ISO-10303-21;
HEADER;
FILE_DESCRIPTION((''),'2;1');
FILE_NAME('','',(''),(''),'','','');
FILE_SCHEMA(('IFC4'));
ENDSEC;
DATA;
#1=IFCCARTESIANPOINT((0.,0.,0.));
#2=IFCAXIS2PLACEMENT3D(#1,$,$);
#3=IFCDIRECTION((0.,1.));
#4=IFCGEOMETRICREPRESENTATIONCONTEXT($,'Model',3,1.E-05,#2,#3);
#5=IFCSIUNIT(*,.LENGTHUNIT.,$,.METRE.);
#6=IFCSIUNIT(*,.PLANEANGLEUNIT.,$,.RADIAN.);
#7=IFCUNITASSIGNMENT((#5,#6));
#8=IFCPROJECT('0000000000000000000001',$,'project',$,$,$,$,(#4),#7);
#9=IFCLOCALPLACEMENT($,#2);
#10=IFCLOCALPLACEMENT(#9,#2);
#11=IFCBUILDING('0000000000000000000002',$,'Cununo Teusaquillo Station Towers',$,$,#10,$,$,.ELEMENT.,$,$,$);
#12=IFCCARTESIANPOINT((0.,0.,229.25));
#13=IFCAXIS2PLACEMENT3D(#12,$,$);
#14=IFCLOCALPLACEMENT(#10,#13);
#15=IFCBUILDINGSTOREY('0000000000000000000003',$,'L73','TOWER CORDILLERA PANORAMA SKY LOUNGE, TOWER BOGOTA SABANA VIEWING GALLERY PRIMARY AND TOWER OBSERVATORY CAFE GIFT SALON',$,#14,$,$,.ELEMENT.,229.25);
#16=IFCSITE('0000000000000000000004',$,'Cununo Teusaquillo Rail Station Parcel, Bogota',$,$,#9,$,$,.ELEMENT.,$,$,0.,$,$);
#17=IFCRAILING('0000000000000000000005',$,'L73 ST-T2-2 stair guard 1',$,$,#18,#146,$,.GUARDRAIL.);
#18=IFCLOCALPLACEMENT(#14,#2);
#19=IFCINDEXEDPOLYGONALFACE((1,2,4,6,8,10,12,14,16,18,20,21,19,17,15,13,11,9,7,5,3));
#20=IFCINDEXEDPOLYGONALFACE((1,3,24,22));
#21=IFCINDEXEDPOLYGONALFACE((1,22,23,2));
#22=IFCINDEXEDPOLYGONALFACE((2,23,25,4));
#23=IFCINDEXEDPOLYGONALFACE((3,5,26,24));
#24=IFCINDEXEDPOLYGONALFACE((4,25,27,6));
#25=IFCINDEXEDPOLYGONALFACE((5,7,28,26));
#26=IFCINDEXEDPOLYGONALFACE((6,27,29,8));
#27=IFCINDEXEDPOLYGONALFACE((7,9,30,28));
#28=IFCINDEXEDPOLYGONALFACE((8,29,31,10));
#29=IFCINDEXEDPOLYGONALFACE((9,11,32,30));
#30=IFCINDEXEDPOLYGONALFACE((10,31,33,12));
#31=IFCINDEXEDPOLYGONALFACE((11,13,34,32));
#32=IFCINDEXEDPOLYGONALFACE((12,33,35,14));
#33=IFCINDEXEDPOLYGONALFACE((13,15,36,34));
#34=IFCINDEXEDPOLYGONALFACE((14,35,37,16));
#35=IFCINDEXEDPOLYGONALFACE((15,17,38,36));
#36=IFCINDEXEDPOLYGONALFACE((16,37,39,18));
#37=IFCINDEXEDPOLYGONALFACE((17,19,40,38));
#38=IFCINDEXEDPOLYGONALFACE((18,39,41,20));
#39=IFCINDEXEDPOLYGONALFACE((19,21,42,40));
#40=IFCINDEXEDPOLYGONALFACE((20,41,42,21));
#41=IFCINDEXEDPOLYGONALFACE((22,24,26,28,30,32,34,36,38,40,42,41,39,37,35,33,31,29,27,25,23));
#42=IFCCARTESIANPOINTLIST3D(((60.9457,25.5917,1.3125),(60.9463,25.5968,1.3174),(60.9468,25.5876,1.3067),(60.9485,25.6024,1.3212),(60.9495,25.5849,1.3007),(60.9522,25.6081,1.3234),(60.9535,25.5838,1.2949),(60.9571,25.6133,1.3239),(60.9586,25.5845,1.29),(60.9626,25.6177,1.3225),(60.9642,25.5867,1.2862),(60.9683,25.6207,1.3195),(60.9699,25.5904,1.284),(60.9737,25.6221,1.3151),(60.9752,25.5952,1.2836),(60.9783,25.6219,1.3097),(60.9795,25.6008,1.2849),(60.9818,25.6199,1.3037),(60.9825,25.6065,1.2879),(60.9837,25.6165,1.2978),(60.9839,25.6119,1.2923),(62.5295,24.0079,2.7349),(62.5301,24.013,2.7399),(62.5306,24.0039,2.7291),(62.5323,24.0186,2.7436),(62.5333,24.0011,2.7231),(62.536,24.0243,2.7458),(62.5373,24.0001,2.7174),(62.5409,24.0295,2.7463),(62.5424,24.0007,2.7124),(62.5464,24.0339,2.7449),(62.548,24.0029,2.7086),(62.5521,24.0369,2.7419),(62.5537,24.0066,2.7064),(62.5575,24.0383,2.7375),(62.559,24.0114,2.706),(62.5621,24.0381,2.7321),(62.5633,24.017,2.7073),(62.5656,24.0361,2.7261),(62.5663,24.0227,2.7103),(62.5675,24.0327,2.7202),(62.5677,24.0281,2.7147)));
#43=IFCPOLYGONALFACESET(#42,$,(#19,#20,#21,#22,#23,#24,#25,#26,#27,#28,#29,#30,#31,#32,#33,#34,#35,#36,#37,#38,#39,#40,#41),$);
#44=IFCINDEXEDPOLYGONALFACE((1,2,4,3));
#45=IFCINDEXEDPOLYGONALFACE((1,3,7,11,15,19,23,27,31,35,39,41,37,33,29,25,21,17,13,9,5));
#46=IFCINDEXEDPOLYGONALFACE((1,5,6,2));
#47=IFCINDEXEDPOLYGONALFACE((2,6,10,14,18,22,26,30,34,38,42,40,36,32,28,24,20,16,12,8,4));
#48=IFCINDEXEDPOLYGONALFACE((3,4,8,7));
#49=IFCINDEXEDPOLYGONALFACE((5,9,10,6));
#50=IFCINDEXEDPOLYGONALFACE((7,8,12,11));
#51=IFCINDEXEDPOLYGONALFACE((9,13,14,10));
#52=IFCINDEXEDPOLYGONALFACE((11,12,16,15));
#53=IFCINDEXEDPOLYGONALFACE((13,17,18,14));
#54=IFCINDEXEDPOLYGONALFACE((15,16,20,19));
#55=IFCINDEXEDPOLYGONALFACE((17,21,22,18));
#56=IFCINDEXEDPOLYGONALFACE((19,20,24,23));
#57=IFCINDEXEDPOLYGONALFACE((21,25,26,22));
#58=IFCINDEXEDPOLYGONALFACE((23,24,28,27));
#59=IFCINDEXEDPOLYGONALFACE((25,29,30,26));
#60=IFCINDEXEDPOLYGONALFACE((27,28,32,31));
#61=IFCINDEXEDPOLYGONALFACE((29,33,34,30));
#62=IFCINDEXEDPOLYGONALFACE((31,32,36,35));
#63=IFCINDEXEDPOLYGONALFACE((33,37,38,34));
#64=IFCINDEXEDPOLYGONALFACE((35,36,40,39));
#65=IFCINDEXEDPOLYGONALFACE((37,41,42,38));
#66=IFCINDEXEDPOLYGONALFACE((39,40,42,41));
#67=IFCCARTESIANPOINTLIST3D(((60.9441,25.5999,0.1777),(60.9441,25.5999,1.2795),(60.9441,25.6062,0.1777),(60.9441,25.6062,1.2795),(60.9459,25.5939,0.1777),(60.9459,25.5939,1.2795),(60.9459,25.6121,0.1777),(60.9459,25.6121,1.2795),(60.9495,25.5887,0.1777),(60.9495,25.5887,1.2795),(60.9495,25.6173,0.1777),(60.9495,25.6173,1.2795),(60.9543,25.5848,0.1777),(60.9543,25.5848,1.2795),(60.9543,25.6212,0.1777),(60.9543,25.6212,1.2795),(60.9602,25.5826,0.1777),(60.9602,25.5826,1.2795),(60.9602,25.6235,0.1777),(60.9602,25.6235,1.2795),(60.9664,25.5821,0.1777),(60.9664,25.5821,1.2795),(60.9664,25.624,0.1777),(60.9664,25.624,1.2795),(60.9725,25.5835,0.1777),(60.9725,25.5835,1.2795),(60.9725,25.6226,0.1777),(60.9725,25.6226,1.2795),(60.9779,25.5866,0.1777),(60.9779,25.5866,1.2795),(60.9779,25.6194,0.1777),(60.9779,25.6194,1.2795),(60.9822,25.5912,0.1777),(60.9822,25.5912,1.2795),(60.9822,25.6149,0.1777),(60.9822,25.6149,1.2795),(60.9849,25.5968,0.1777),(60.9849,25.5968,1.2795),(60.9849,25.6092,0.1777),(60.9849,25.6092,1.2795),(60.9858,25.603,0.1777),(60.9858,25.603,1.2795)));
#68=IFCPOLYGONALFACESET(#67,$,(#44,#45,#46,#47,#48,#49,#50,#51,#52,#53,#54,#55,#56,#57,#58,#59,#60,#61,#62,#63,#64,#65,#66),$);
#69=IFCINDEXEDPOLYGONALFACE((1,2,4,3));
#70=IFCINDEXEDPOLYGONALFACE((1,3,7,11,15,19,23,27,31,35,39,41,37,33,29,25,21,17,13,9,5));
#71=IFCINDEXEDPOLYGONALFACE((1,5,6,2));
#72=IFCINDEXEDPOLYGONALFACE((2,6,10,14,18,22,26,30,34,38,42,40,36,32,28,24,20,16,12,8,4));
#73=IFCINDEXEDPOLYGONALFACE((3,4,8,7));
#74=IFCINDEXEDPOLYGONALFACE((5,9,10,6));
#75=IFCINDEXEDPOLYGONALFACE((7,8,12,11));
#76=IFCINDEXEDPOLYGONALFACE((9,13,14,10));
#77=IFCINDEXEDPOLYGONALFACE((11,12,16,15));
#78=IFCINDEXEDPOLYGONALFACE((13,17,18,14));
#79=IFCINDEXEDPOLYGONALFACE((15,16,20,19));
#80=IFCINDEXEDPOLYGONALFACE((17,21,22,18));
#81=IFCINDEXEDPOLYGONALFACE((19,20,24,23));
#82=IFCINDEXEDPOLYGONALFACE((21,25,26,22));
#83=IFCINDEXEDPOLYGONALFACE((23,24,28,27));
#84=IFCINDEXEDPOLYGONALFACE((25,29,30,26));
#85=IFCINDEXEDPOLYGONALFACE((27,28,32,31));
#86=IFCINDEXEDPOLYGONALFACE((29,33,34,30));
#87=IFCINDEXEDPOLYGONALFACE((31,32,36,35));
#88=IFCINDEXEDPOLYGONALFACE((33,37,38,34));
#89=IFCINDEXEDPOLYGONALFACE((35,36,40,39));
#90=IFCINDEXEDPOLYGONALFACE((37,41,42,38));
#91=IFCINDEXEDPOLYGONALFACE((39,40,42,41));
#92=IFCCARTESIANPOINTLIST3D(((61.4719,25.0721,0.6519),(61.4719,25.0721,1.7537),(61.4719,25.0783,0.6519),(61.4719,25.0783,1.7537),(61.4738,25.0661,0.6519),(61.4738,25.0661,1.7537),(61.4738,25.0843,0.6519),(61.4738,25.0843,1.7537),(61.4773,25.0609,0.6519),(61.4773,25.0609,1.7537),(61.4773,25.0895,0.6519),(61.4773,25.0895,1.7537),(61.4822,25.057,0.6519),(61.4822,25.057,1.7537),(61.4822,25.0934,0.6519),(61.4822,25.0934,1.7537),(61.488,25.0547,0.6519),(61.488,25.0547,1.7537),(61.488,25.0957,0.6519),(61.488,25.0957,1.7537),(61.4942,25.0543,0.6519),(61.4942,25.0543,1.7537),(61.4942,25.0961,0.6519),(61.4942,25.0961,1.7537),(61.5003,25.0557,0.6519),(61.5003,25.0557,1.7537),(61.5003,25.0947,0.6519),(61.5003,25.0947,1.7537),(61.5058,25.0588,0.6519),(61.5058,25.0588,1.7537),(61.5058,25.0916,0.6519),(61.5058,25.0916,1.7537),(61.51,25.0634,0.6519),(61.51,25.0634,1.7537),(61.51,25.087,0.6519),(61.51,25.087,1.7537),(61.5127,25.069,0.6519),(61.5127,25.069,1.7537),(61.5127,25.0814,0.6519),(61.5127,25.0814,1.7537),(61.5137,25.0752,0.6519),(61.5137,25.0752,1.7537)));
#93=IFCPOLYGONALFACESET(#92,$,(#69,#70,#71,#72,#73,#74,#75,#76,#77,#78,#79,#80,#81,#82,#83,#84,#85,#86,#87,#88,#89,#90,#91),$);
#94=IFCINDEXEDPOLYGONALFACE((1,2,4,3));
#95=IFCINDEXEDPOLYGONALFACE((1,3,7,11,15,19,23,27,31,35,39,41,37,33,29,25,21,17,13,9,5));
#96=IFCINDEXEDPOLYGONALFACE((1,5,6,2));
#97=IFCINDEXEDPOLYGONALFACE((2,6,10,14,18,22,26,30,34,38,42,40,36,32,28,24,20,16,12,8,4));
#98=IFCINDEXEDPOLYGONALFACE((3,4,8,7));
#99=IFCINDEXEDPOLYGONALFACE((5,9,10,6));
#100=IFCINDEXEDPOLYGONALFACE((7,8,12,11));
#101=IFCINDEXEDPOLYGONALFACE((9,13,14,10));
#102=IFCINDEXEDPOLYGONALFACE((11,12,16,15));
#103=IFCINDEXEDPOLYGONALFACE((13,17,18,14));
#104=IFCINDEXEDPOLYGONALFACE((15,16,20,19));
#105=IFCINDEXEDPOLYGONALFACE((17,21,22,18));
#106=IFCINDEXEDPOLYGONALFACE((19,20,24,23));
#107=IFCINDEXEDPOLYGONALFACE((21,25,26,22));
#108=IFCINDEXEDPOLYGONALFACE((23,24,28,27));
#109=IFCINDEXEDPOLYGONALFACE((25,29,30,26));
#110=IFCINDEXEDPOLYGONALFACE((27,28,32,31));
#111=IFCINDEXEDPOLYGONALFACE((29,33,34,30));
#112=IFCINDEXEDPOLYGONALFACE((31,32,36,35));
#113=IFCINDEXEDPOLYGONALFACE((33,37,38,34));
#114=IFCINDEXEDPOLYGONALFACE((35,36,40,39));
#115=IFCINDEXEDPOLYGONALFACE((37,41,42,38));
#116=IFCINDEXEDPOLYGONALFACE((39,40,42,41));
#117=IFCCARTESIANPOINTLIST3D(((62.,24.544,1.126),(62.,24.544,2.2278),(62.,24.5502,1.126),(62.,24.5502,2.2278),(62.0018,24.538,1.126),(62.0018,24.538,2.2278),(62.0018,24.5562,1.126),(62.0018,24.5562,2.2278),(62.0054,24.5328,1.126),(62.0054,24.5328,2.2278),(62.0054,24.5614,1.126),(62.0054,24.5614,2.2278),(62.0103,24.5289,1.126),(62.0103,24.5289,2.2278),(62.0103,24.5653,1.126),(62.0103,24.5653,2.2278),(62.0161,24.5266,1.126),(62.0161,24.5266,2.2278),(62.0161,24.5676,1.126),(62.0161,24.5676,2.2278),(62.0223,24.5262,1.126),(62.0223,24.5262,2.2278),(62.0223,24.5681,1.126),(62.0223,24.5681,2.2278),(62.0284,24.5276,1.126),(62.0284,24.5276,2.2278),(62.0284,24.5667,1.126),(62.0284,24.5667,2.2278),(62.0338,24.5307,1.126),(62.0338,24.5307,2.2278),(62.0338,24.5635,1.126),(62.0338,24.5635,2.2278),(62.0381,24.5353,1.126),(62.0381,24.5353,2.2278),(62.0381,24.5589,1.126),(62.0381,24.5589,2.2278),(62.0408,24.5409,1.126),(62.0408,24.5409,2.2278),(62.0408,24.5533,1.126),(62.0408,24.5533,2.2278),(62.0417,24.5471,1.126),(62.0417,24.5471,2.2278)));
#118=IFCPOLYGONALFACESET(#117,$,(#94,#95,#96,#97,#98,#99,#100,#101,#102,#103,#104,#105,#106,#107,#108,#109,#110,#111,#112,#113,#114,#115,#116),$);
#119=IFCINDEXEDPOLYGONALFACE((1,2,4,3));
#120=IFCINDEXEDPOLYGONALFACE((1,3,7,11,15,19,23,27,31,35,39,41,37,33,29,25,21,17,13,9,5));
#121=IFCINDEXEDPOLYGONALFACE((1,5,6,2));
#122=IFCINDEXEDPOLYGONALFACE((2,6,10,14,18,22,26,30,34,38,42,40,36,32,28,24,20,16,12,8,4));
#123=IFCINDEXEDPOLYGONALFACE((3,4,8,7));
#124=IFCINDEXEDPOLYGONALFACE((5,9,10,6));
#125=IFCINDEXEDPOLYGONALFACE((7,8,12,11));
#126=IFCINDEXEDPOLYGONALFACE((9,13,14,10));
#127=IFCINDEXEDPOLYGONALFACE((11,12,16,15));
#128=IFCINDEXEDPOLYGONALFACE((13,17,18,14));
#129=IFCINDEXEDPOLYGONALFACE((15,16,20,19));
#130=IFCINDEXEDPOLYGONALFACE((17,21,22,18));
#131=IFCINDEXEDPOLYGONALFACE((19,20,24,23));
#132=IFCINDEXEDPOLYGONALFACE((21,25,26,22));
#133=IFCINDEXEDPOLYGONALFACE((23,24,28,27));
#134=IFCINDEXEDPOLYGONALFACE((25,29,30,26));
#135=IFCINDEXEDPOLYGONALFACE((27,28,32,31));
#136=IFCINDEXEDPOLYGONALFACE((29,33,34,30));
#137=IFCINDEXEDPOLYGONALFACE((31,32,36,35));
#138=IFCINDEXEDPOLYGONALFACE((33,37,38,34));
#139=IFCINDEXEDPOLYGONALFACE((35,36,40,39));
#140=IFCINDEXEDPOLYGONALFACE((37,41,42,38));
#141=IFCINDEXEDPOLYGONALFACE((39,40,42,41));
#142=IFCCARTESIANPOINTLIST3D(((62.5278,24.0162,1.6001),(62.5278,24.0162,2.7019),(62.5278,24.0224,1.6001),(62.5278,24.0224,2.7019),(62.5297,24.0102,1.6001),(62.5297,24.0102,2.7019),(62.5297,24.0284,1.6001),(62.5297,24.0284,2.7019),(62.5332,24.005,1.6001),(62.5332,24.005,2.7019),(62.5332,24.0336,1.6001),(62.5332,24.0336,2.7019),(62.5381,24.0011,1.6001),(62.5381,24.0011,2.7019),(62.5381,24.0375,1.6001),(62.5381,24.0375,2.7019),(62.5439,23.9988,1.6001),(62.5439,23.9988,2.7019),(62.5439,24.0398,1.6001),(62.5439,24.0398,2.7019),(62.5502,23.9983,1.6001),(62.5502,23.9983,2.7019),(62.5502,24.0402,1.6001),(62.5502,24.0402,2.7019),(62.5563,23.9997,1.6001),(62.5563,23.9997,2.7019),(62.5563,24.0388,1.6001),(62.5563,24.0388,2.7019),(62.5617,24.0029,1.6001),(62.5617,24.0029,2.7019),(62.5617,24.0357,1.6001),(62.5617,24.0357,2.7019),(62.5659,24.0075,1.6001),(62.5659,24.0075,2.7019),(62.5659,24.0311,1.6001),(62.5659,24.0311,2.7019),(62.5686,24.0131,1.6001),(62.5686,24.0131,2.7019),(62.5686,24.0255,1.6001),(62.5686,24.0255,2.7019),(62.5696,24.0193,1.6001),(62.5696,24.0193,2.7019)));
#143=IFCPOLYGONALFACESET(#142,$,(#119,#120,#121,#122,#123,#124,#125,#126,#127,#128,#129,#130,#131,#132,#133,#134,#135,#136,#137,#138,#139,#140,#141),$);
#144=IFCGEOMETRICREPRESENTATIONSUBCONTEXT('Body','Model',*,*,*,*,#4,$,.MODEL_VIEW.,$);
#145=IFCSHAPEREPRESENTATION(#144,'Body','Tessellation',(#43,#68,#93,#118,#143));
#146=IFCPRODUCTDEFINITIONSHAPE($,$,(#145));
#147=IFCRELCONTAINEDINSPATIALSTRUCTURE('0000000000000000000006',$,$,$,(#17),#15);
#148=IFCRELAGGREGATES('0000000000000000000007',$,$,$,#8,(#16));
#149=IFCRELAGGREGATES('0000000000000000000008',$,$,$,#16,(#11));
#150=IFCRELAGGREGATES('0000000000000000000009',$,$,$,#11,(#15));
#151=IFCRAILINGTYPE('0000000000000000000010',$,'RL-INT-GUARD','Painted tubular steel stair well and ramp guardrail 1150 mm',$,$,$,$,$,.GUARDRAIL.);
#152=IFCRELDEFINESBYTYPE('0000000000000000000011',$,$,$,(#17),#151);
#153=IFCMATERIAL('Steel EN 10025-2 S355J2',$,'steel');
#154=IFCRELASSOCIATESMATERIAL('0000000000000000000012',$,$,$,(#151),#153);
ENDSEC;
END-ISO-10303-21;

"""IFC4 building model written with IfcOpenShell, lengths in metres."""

from ifc_helpers import new_model, si_unit, direction, frame, origin, origin_2d, place, context, subcontext, project, spatial, circle, extrude, material, type_object, element, save


model = new_model("IFC4")

# Units and contexts
model_context = context("Model", 3, precision=1e-05, world=origin(), true_north=direction((0.0, 1.0)))
body_context = subcontext(model_context, "Body", "Model", "MODEL_VIEW")
ifc_project = project(units=[si_unit("LENGTHUNIT", "METRE"), si_unit("PLANEANGLEUNIT", "RADIAN")], contexts=[model_context])

# Site, building, storey
site_placement = place(None, origin())
site = spatial("IfcSite", under=ifc_project, at=site_placement, Name="Cununo Teusaquillo Rail Station Parcel, Bogota", CompositionType="ELEMENT", RefElevation=0.0)
building_placement = place(site_placement, origin())
building = spatial("IfcBuilding", under=site, at=building_placement, Name="Cununo Teusaquillo Station Towers", CompositionType="ELEMENT")
storey_placement = place(building_placement, frame((0.0, 0.0, 229.25)))
storey = spatial("IfcBuildingStorey", under=building, at=storey_placement, Name="L73", Description="TOWER CORDILLERA PANORAMA SKY LOUNGE, TOWER BOGOTA SABANA VIEWING GALLERY PRIMARY AND TOWER OBSERVATORY CAFE GIFT SALON", CompositionType="ELEMENT", Elevation=229.25)

# Railing
ifc_material_1 = material(Name="Steel EN 10025-2 S355J2", Category="steel")
railing_type_1 = type_object("IfcRailingType", Name="RL-INT-GUARD", Description="Painted tubular steel stair well and ramp guardrail 1150 mm", PredefinedType="GUARDRAIL", material=ifc_material_1)
railing_1_placement = place(storey_placement, frame((60.9648, 25.603, 0.1777)))
element("IfcRailing", 1, at=railing_1_placement, inside=storey, type_object=railing_type_1, Name="L73 ST-T2-2 stair guard 1", PredefinedType="GUARDRAIL", context=body_context, shape_type="SweptSolid", body=[
    extrude(circle(Radius=0.0239, at=origin_2d()), frame((0.0, 0.0, 1.126), z_axis=(0.596912, -0.596912, 0.536089), x_axis=(0.707107, 0.707107, 0.0)), (0.0, 0.0, 1.0), 2.6533),
    extrude(circle(Radius=0.021, at=origin_2d()), origin(), (0.0, 0.0, 1.0), 1.1018),
    extrude(circle(Radius=0.021, at=origin_2d()), frame((0.5278, -0.5278, 0.4741)), (0.0, 0.0, 1.0), 1.1018),
    extrude(circle(Radius=0.021, at=origin_2d()), frame((1.0559, -1.0559, 0.9482)), (0.0, 0.0, 1.0), 1.1018),
    extrude(circle(Radius=0.021, at=origin_2d()), frame((1.5837, -1.5837, 1.4224)), (0.0, 0.0, 1.0), 1.1018),
])

save(model, "model.ifc")
